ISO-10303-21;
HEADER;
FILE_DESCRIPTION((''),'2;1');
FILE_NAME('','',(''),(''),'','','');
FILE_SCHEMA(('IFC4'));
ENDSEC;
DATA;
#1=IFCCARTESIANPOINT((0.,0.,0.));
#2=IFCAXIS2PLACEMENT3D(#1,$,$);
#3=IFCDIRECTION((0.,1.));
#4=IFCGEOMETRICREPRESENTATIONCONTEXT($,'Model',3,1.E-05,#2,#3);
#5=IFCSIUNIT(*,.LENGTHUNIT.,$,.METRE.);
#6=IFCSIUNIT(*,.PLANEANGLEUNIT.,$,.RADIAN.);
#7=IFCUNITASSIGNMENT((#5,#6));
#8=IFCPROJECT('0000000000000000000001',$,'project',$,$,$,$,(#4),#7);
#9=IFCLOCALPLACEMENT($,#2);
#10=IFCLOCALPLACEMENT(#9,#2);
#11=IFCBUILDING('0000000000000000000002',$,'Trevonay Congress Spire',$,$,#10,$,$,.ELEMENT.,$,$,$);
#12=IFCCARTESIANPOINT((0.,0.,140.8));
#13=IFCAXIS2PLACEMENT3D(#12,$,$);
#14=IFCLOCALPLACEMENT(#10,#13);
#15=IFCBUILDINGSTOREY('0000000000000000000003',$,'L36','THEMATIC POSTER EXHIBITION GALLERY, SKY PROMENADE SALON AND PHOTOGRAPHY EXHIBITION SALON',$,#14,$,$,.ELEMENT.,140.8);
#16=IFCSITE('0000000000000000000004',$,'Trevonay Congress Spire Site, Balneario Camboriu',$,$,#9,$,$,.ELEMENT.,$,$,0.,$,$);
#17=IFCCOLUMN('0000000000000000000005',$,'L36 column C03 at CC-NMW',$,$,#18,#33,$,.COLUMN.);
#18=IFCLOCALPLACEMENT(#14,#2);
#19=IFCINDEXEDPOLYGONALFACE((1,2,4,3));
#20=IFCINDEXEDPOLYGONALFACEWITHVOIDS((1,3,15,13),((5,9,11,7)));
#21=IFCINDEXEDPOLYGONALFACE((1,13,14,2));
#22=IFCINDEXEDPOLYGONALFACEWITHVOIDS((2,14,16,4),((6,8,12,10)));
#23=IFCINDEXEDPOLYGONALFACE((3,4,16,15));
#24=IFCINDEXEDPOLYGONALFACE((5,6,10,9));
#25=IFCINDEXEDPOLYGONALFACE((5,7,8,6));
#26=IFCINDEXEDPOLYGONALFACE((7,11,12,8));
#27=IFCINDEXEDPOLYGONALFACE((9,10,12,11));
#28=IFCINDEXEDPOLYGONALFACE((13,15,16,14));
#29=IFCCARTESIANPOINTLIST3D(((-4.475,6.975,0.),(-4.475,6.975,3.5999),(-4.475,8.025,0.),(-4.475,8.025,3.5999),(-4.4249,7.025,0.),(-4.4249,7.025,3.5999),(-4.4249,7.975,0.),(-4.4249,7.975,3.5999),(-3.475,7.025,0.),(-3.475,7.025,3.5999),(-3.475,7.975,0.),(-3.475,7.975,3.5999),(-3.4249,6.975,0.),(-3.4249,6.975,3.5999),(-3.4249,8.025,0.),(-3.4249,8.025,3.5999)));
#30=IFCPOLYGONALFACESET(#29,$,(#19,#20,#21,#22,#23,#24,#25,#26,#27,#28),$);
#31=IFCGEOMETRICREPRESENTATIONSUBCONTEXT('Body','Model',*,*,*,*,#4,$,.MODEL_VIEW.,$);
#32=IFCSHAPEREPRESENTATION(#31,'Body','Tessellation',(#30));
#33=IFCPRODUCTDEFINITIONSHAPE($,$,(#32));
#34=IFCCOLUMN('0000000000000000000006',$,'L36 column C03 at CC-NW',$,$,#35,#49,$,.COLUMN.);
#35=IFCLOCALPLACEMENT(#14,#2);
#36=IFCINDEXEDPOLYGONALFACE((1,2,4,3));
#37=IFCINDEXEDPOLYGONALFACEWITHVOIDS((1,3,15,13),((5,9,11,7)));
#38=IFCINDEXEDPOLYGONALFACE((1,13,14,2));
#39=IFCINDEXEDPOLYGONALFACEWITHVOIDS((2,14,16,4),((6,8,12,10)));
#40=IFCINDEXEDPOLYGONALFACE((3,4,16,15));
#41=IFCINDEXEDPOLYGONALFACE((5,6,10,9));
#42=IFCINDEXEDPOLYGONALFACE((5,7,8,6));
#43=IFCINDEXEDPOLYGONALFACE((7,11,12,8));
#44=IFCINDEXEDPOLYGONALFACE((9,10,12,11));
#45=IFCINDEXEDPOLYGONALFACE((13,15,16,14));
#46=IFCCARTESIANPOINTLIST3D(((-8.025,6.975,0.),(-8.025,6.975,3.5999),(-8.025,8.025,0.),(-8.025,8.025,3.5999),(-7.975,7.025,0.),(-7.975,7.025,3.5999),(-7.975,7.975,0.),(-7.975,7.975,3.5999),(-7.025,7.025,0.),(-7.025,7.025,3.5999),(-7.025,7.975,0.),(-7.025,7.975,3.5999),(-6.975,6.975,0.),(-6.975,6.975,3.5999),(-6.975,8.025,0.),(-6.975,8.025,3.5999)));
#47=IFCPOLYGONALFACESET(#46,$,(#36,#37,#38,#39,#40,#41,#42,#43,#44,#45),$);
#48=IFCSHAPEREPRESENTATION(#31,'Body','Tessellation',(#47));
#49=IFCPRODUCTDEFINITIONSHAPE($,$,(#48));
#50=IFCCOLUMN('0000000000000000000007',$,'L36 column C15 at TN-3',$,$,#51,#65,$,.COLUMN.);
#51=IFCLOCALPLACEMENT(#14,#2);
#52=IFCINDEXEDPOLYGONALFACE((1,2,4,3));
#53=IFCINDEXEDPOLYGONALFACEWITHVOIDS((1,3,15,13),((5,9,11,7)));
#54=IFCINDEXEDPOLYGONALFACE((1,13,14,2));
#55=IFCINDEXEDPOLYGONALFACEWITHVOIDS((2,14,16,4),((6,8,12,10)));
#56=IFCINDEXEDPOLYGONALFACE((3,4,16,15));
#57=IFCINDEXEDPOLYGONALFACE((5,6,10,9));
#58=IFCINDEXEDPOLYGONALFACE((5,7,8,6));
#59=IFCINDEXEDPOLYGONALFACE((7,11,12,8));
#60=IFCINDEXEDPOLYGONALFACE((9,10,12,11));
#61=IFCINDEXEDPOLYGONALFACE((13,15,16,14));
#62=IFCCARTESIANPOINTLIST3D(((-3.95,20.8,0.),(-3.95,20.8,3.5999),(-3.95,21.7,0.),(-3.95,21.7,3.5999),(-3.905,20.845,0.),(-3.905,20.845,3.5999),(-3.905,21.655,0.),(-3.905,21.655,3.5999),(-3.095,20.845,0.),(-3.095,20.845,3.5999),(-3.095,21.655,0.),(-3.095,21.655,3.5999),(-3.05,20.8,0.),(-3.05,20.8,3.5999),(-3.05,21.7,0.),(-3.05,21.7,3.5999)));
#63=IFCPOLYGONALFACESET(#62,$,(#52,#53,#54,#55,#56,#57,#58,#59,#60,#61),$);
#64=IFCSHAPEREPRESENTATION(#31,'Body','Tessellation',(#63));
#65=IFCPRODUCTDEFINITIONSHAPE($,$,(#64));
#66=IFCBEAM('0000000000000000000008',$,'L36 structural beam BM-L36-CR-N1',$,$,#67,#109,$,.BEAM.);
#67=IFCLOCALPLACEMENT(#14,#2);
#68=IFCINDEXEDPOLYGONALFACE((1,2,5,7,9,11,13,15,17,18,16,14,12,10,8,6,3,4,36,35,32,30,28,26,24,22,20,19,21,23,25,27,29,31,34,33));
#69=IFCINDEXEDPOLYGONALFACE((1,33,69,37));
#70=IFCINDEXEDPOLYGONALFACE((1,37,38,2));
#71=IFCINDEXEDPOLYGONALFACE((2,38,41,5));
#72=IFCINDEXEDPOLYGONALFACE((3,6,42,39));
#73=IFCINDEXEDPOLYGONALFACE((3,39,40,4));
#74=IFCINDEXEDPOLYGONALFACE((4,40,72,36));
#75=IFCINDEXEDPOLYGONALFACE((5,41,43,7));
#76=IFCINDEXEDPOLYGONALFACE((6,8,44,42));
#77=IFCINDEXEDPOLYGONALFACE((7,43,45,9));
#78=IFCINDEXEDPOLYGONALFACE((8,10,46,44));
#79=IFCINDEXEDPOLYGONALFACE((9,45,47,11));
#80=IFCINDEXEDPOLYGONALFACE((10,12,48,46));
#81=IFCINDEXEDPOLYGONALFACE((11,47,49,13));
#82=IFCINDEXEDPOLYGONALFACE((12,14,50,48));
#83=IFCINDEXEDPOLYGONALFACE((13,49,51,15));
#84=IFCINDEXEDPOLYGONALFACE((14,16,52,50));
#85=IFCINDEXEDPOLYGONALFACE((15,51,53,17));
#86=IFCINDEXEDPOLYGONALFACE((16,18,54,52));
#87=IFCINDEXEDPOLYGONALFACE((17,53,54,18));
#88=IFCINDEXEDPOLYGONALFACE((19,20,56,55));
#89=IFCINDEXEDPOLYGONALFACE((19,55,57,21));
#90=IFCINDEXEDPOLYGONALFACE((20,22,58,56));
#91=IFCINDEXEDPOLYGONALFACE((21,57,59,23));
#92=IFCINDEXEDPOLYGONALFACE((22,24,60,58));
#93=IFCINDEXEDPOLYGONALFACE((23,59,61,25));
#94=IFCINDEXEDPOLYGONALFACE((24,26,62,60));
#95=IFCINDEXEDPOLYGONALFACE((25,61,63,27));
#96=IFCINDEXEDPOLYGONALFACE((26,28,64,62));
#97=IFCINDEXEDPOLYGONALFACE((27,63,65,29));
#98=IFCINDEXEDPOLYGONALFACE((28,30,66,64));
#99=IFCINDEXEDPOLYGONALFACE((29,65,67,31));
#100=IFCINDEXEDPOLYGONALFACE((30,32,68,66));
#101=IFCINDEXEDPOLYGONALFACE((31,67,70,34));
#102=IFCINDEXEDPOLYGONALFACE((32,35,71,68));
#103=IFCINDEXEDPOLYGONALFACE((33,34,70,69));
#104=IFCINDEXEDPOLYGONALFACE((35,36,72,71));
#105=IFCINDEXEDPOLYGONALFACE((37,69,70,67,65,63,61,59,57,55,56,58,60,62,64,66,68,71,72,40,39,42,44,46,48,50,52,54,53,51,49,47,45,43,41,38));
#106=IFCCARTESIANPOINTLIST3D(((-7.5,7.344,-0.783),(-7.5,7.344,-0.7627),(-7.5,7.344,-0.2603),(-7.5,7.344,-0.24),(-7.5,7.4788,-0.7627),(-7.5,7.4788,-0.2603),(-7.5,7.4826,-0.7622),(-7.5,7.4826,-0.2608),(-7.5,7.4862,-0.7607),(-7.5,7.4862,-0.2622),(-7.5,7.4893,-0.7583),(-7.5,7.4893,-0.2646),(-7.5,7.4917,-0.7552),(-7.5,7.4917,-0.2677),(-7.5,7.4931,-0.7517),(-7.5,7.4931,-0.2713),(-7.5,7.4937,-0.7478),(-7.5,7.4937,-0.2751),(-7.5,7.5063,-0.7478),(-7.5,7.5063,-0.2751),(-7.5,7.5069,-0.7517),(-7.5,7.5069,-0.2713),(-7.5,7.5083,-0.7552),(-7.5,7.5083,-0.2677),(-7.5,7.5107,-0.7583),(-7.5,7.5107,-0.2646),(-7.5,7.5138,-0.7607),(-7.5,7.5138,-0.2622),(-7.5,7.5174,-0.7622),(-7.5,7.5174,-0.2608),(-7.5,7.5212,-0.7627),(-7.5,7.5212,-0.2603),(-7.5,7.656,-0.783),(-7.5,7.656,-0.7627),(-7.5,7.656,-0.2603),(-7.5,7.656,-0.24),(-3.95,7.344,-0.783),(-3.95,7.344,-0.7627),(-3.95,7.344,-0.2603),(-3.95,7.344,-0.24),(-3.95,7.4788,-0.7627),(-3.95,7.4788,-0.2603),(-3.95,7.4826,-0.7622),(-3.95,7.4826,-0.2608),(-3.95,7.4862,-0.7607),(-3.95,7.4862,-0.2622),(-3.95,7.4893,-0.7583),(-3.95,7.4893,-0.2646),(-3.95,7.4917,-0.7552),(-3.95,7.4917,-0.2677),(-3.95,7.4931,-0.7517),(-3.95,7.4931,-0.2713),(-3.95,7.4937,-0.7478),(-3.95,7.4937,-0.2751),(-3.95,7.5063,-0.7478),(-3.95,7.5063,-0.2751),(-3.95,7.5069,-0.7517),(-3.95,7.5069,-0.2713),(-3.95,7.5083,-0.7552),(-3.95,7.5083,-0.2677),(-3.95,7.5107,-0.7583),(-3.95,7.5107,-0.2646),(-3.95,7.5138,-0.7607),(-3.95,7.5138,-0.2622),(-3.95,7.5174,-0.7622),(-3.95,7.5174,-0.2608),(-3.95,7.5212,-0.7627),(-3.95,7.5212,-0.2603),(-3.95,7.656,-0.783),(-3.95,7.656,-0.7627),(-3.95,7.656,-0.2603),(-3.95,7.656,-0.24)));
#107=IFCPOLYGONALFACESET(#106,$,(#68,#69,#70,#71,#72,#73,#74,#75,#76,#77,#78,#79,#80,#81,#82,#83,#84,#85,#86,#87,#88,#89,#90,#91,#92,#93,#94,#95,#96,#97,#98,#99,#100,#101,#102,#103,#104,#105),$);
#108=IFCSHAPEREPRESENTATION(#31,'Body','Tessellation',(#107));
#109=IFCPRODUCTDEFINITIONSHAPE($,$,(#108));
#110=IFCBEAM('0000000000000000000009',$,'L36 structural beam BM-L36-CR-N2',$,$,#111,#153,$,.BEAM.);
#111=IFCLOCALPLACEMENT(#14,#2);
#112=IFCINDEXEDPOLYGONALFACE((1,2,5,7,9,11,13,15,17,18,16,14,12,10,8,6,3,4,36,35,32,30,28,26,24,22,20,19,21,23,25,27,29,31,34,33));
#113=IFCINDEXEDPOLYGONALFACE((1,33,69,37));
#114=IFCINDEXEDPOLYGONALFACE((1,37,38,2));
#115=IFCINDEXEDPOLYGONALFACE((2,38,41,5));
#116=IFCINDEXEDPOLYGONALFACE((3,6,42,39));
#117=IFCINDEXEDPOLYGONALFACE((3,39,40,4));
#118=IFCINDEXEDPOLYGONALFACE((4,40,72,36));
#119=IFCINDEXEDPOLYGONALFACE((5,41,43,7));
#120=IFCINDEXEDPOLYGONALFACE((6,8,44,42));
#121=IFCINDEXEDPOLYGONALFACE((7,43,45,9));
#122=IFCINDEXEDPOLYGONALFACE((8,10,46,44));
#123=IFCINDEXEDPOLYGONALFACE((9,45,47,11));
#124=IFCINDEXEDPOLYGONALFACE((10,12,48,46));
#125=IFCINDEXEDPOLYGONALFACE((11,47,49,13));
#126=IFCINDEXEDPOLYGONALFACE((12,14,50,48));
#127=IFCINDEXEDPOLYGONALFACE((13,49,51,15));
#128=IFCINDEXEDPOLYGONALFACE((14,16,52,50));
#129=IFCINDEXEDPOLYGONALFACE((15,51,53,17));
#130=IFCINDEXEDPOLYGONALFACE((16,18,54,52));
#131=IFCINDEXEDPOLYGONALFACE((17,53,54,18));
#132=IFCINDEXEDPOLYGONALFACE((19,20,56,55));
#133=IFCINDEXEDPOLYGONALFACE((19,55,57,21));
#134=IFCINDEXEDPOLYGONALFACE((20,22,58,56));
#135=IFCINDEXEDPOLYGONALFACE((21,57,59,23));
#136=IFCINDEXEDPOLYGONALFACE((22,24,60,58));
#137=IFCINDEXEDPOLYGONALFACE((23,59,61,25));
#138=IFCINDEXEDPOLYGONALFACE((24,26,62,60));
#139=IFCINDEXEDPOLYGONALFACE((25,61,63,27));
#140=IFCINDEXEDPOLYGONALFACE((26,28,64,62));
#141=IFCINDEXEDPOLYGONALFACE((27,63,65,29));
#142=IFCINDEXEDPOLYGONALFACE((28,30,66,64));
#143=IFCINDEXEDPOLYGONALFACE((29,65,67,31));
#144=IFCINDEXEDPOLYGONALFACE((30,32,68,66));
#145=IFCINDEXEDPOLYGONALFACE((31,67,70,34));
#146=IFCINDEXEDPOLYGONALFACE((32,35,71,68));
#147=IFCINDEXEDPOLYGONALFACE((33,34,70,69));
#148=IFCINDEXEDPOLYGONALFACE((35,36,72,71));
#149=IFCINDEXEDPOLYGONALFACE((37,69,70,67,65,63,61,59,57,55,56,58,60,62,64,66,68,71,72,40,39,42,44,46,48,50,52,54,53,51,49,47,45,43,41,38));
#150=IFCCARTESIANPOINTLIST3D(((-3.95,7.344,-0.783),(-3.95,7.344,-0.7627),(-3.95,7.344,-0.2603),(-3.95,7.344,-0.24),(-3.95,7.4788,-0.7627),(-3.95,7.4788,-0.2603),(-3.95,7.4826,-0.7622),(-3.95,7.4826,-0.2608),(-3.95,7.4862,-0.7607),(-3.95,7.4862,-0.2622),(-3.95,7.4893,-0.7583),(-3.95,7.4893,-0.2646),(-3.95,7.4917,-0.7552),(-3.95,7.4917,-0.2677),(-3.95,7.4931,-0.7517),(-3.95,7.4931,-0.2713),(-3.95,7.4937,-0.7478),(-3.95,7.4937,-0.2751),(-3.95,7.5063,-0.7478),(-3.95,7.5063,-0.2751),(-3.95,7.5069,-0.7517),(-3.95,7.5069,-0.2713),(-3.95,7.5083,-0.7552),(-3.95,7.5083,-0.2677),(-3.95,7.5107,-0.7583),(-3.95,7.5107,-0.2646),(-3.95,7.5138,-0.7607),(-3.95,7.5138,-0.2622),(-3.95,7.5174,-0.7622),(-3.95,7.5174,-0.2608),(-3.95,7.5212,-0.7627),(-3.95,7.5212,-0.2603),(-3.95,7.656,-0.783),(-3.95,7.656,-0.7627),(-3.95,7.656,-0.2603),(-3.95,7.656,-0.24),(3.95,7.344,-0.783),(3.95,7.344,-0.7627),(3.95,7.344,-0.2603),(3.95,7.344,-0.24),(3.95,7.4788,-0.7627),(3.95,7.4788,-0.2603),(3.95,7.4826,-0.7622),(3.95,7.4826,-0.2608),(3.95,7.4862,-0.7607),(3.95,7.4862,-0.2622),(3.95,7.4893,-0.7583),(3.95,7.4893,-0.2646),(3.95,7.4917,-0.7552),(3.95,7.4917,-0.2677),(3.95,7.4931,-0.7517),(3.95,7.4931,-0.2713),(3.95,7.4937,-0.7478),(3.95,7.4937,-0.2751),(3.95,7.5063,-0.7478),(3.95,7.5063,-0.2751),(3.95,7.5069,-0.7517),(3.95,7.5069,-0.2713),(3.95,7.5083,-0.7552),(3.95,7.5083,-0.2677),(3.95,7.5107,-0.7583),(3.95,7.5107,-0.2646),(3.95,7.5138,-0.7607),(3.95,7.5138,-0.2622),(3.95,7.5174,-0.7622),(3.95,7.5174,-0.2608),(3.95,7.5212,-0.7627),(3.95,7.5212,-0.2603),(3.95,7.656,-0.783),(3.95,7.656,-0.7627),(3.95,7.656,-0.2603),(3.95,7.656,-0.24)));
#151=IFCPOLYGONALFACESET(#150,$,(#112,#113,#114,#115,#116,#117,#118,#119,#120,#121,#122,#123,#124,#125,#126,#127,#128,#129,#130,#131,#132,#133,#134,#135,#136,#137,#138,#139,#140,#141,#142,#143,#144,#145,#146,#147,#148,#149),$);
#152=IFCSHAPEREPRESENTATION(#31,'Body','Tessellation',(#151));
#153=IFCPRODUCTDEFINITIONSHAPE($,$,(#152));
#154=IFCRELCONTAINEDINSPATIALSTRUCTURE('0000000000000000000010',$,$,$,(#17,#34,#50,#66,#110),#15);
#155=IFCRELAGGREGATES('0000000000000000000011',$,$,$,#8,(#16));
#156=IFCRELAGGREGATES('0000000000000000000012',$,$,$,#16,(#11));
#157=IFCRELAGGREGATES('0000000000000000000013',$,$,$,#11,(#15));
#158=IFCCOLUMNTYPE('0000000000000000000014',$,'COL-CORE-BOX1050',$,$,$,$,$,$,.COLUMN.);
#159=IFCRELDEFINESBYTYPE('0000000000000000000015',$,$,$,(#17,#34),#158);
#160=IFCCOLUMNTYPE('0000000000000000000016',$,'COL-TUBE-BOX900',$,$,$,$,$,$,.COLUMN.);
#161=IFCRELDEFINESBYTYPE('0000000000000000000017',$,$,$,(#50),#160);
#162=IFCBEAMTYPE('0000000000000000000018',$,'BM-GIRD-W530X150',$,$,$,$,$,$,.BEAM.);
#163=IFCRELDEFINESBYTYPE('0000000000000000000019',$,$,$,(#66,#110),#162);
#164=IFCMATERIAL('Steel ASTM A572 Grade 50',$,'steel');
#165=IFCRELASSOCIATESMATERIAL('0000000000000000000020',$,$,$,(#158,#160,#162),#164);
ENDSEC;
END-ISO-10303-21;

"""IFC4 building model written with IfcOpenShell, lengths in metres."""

from ifc_helpers import new_model, si_unit, direction, frame, origin, origin_2d, place, context, subcontext, project, spatial, hollow_rectangle, i_section, extrude, material, material_profile, profile_set, type_object, element, save


model = new_model("IFC4")

# Units and contexts
model_context = context("Model", 3, precision=1e-05, world=origin(), true_north=direction((0.0, 1.0)))
body_context = subcontext(model_context, "Body", "Model", "MODEL_VIEW")
ifc_project = project(units=[si_unit("LENGTHUNIT", "METRE"), si_unit("PLANEANGLEUNIT", "RADIAN")], contexts=[model_context])

# Site, building, storey
site_placement = place(None, origin())
site = spatial("IfcSite", under=ifc_project, at=site_placement, Name="Trevonay Congress Spire Site, Balneario Camboriu", CompositionType="ELEMENT", RefElevation=0.0)
building_placement = place(site_placement, origin())
building = spatial("IfcBuilding", under=site, at=building_placement, Name="Trevonay Congress Spire", CompositionType="ELEMENT")
storey_placement = place(building_placement, frame((0.0, 0.0, 140.8)))
storey = spatial("IfcBuildingStorey", under=building, at=storey_placement, Name="L36", Description="THEMATIC POSTER EXHIBITION GALLERY, SKY PROMENADE SALON AND PHOTOGRAPHY EXHIBITION SALON", CompositionType="ELEMENT", Elevation=140.8)

# Columns
ifc_material_1 = material(Name="Steel ASTM A572 Grade 50", Category="steel")
ifc_material_profile_1 = material_profile(ifc_material_1, hollow_rectangle(XDim=1.05, YDim=1.05, WallThickness=0.05, at=origin_2d()), Name="BOX 1050x1050x50")
ifc_profile_set_1 = profile_set([ifc_material_profile_1], Name="Steel ASTM A572 Grade 50")
column_type_1 = type_object("IfcColumnType", Name="COL-CORE-BOX1050", PredefinedType="COLUMN", material=ifc_profile_set_1)
for number, where, z_axis, x_axis, name in (
    (1, (-3.95, 7.5, 0.0), (0.0, 0.0, 1.0), (1.0, 0.0, 0.0), "L36 column C03 at CC-NMW"),
    (2, (-7.5, 7.5, 0.0), (0.0, 0.0, 1.0), (1.0, 0.0, 0.0), "L36 column C03 at CC-NW"),
):
    element("IfcColumn", number, at=place(storey_placement, frame(where, z_axis=z_axis, x_axis=x_axis)), inside=storey, type_object=column_type_1, Name=name, PredefinedType="COLUMN", context=body_context, shape_type="SweptSolid", body=[
        extrude(hollow_rectangle(XDim=1.05, YDim=1.05, WallThickness=0.05, at=origin_2d()), origin(), (0.0, 0.0, 1.0), 3.5999),
    ])
ifc_material_profile_2 = material_profile(ifc_material_1, hollow_rectangle(XDim=0.8999, YDim=0.8999, WallThickness=0.0449, at=origin_2d()), Name="BOX 900x900x45")
ifc_profile_set_2 = profile_set([ifc_material_profile_2], Name="Steel ASTM A572 Grade 50")
column_type_2 = type_object("IfcColumnType", Name="COL-TUBE-BOX900", PredefinedType="COLUMN", material=ifc_profile_set_2)
column_placement = place(storey_placement, frame((-3.5, 21.25, 0.0), z_axis=(0.0, 0.0, 1.0), x_axis=(1.0, 0.0, 0.0)))
element("IfcColumn", 3, at=column_placement, inside=storey, type_object=column_type_2, Name="L36 column C15 at TN-3", PredefinedType="COLUMN", context=body_context, shape_type="SweptSolid", body=[
    extrude(hollow_rectangle(XDim=0.8999, YDim=0.8999, WallThickness=0.0449, at=origin_2d()), origin(), (0.0, 0.0, 1.0), 3.5999),
])

# Beams
ifc_material_profile_3 = material_profile(ifc_material_1, i_section(OverallWidth=0.312, OverallDepth=0.543, WebThickness=0.0127, FlangeThickness=0.0203, FilletRadius=0.0149, at=origin_2d()), Name="W530x150")
ifc_profile_set_3 = profile_set([ifc_material_profile_3], Name="Steel ASTM A572 Grade 50")
beam_type_1 = type_object("IfcBeamType", Name="BM-GIRD-W530X150", PredefinedType="BEAM", material=ifc_profile_set_3)
beam_1_placement = place(storey_placement, frame((-7.5, 7.5, -0.5115), z_axis=(1.0, 0.0, 0.0), x_axis=(0.0, 1.0, 0.0)))
element("IfcBeam", 4, at=beam_1_placement, inside=storey, type_object=beam_type_1, Name="L36 structural beam BM-L36-CR-N1", PredefinedType="BEAM", context=body_context, shape_type="SweptSolid", body=[
    extrude(i_section(OverallWidth=0.312, OverallDepth=0.543, WebThickness=0.0127, FlangeThickness=0.0203, FilletRadius=0.0149, at=origin_2d()), origin(), (0.0, 0.0, 1.0), 3.55),
])
beam_2_placement = place(storey_placement, frame((-3.95, 7.5, -0.5115), z_axis=(1.0, 0.0, 0.0), x_axis=(0.0, 1.0, 0.0)))
element("IfcBeam", 5, at=beam_2_placement, inside=storey, type_object=beam_type_1, Name="L36 structural beam BM-L36-CR-N2", PredefinedType="BEAM", context=body_context, shape_type="SweptSolid", body=[
    extrude(i_section(OverallWidth=0.312, OverallDepth=0.543, WebThickness=0.0127, FlangeThickness=0.0203, FilletRadius=0.0149, at=origin_2d()), origin(), (0.0, 0.0, 1.0), 7.8999),
])

save(model, "model.ifc")
